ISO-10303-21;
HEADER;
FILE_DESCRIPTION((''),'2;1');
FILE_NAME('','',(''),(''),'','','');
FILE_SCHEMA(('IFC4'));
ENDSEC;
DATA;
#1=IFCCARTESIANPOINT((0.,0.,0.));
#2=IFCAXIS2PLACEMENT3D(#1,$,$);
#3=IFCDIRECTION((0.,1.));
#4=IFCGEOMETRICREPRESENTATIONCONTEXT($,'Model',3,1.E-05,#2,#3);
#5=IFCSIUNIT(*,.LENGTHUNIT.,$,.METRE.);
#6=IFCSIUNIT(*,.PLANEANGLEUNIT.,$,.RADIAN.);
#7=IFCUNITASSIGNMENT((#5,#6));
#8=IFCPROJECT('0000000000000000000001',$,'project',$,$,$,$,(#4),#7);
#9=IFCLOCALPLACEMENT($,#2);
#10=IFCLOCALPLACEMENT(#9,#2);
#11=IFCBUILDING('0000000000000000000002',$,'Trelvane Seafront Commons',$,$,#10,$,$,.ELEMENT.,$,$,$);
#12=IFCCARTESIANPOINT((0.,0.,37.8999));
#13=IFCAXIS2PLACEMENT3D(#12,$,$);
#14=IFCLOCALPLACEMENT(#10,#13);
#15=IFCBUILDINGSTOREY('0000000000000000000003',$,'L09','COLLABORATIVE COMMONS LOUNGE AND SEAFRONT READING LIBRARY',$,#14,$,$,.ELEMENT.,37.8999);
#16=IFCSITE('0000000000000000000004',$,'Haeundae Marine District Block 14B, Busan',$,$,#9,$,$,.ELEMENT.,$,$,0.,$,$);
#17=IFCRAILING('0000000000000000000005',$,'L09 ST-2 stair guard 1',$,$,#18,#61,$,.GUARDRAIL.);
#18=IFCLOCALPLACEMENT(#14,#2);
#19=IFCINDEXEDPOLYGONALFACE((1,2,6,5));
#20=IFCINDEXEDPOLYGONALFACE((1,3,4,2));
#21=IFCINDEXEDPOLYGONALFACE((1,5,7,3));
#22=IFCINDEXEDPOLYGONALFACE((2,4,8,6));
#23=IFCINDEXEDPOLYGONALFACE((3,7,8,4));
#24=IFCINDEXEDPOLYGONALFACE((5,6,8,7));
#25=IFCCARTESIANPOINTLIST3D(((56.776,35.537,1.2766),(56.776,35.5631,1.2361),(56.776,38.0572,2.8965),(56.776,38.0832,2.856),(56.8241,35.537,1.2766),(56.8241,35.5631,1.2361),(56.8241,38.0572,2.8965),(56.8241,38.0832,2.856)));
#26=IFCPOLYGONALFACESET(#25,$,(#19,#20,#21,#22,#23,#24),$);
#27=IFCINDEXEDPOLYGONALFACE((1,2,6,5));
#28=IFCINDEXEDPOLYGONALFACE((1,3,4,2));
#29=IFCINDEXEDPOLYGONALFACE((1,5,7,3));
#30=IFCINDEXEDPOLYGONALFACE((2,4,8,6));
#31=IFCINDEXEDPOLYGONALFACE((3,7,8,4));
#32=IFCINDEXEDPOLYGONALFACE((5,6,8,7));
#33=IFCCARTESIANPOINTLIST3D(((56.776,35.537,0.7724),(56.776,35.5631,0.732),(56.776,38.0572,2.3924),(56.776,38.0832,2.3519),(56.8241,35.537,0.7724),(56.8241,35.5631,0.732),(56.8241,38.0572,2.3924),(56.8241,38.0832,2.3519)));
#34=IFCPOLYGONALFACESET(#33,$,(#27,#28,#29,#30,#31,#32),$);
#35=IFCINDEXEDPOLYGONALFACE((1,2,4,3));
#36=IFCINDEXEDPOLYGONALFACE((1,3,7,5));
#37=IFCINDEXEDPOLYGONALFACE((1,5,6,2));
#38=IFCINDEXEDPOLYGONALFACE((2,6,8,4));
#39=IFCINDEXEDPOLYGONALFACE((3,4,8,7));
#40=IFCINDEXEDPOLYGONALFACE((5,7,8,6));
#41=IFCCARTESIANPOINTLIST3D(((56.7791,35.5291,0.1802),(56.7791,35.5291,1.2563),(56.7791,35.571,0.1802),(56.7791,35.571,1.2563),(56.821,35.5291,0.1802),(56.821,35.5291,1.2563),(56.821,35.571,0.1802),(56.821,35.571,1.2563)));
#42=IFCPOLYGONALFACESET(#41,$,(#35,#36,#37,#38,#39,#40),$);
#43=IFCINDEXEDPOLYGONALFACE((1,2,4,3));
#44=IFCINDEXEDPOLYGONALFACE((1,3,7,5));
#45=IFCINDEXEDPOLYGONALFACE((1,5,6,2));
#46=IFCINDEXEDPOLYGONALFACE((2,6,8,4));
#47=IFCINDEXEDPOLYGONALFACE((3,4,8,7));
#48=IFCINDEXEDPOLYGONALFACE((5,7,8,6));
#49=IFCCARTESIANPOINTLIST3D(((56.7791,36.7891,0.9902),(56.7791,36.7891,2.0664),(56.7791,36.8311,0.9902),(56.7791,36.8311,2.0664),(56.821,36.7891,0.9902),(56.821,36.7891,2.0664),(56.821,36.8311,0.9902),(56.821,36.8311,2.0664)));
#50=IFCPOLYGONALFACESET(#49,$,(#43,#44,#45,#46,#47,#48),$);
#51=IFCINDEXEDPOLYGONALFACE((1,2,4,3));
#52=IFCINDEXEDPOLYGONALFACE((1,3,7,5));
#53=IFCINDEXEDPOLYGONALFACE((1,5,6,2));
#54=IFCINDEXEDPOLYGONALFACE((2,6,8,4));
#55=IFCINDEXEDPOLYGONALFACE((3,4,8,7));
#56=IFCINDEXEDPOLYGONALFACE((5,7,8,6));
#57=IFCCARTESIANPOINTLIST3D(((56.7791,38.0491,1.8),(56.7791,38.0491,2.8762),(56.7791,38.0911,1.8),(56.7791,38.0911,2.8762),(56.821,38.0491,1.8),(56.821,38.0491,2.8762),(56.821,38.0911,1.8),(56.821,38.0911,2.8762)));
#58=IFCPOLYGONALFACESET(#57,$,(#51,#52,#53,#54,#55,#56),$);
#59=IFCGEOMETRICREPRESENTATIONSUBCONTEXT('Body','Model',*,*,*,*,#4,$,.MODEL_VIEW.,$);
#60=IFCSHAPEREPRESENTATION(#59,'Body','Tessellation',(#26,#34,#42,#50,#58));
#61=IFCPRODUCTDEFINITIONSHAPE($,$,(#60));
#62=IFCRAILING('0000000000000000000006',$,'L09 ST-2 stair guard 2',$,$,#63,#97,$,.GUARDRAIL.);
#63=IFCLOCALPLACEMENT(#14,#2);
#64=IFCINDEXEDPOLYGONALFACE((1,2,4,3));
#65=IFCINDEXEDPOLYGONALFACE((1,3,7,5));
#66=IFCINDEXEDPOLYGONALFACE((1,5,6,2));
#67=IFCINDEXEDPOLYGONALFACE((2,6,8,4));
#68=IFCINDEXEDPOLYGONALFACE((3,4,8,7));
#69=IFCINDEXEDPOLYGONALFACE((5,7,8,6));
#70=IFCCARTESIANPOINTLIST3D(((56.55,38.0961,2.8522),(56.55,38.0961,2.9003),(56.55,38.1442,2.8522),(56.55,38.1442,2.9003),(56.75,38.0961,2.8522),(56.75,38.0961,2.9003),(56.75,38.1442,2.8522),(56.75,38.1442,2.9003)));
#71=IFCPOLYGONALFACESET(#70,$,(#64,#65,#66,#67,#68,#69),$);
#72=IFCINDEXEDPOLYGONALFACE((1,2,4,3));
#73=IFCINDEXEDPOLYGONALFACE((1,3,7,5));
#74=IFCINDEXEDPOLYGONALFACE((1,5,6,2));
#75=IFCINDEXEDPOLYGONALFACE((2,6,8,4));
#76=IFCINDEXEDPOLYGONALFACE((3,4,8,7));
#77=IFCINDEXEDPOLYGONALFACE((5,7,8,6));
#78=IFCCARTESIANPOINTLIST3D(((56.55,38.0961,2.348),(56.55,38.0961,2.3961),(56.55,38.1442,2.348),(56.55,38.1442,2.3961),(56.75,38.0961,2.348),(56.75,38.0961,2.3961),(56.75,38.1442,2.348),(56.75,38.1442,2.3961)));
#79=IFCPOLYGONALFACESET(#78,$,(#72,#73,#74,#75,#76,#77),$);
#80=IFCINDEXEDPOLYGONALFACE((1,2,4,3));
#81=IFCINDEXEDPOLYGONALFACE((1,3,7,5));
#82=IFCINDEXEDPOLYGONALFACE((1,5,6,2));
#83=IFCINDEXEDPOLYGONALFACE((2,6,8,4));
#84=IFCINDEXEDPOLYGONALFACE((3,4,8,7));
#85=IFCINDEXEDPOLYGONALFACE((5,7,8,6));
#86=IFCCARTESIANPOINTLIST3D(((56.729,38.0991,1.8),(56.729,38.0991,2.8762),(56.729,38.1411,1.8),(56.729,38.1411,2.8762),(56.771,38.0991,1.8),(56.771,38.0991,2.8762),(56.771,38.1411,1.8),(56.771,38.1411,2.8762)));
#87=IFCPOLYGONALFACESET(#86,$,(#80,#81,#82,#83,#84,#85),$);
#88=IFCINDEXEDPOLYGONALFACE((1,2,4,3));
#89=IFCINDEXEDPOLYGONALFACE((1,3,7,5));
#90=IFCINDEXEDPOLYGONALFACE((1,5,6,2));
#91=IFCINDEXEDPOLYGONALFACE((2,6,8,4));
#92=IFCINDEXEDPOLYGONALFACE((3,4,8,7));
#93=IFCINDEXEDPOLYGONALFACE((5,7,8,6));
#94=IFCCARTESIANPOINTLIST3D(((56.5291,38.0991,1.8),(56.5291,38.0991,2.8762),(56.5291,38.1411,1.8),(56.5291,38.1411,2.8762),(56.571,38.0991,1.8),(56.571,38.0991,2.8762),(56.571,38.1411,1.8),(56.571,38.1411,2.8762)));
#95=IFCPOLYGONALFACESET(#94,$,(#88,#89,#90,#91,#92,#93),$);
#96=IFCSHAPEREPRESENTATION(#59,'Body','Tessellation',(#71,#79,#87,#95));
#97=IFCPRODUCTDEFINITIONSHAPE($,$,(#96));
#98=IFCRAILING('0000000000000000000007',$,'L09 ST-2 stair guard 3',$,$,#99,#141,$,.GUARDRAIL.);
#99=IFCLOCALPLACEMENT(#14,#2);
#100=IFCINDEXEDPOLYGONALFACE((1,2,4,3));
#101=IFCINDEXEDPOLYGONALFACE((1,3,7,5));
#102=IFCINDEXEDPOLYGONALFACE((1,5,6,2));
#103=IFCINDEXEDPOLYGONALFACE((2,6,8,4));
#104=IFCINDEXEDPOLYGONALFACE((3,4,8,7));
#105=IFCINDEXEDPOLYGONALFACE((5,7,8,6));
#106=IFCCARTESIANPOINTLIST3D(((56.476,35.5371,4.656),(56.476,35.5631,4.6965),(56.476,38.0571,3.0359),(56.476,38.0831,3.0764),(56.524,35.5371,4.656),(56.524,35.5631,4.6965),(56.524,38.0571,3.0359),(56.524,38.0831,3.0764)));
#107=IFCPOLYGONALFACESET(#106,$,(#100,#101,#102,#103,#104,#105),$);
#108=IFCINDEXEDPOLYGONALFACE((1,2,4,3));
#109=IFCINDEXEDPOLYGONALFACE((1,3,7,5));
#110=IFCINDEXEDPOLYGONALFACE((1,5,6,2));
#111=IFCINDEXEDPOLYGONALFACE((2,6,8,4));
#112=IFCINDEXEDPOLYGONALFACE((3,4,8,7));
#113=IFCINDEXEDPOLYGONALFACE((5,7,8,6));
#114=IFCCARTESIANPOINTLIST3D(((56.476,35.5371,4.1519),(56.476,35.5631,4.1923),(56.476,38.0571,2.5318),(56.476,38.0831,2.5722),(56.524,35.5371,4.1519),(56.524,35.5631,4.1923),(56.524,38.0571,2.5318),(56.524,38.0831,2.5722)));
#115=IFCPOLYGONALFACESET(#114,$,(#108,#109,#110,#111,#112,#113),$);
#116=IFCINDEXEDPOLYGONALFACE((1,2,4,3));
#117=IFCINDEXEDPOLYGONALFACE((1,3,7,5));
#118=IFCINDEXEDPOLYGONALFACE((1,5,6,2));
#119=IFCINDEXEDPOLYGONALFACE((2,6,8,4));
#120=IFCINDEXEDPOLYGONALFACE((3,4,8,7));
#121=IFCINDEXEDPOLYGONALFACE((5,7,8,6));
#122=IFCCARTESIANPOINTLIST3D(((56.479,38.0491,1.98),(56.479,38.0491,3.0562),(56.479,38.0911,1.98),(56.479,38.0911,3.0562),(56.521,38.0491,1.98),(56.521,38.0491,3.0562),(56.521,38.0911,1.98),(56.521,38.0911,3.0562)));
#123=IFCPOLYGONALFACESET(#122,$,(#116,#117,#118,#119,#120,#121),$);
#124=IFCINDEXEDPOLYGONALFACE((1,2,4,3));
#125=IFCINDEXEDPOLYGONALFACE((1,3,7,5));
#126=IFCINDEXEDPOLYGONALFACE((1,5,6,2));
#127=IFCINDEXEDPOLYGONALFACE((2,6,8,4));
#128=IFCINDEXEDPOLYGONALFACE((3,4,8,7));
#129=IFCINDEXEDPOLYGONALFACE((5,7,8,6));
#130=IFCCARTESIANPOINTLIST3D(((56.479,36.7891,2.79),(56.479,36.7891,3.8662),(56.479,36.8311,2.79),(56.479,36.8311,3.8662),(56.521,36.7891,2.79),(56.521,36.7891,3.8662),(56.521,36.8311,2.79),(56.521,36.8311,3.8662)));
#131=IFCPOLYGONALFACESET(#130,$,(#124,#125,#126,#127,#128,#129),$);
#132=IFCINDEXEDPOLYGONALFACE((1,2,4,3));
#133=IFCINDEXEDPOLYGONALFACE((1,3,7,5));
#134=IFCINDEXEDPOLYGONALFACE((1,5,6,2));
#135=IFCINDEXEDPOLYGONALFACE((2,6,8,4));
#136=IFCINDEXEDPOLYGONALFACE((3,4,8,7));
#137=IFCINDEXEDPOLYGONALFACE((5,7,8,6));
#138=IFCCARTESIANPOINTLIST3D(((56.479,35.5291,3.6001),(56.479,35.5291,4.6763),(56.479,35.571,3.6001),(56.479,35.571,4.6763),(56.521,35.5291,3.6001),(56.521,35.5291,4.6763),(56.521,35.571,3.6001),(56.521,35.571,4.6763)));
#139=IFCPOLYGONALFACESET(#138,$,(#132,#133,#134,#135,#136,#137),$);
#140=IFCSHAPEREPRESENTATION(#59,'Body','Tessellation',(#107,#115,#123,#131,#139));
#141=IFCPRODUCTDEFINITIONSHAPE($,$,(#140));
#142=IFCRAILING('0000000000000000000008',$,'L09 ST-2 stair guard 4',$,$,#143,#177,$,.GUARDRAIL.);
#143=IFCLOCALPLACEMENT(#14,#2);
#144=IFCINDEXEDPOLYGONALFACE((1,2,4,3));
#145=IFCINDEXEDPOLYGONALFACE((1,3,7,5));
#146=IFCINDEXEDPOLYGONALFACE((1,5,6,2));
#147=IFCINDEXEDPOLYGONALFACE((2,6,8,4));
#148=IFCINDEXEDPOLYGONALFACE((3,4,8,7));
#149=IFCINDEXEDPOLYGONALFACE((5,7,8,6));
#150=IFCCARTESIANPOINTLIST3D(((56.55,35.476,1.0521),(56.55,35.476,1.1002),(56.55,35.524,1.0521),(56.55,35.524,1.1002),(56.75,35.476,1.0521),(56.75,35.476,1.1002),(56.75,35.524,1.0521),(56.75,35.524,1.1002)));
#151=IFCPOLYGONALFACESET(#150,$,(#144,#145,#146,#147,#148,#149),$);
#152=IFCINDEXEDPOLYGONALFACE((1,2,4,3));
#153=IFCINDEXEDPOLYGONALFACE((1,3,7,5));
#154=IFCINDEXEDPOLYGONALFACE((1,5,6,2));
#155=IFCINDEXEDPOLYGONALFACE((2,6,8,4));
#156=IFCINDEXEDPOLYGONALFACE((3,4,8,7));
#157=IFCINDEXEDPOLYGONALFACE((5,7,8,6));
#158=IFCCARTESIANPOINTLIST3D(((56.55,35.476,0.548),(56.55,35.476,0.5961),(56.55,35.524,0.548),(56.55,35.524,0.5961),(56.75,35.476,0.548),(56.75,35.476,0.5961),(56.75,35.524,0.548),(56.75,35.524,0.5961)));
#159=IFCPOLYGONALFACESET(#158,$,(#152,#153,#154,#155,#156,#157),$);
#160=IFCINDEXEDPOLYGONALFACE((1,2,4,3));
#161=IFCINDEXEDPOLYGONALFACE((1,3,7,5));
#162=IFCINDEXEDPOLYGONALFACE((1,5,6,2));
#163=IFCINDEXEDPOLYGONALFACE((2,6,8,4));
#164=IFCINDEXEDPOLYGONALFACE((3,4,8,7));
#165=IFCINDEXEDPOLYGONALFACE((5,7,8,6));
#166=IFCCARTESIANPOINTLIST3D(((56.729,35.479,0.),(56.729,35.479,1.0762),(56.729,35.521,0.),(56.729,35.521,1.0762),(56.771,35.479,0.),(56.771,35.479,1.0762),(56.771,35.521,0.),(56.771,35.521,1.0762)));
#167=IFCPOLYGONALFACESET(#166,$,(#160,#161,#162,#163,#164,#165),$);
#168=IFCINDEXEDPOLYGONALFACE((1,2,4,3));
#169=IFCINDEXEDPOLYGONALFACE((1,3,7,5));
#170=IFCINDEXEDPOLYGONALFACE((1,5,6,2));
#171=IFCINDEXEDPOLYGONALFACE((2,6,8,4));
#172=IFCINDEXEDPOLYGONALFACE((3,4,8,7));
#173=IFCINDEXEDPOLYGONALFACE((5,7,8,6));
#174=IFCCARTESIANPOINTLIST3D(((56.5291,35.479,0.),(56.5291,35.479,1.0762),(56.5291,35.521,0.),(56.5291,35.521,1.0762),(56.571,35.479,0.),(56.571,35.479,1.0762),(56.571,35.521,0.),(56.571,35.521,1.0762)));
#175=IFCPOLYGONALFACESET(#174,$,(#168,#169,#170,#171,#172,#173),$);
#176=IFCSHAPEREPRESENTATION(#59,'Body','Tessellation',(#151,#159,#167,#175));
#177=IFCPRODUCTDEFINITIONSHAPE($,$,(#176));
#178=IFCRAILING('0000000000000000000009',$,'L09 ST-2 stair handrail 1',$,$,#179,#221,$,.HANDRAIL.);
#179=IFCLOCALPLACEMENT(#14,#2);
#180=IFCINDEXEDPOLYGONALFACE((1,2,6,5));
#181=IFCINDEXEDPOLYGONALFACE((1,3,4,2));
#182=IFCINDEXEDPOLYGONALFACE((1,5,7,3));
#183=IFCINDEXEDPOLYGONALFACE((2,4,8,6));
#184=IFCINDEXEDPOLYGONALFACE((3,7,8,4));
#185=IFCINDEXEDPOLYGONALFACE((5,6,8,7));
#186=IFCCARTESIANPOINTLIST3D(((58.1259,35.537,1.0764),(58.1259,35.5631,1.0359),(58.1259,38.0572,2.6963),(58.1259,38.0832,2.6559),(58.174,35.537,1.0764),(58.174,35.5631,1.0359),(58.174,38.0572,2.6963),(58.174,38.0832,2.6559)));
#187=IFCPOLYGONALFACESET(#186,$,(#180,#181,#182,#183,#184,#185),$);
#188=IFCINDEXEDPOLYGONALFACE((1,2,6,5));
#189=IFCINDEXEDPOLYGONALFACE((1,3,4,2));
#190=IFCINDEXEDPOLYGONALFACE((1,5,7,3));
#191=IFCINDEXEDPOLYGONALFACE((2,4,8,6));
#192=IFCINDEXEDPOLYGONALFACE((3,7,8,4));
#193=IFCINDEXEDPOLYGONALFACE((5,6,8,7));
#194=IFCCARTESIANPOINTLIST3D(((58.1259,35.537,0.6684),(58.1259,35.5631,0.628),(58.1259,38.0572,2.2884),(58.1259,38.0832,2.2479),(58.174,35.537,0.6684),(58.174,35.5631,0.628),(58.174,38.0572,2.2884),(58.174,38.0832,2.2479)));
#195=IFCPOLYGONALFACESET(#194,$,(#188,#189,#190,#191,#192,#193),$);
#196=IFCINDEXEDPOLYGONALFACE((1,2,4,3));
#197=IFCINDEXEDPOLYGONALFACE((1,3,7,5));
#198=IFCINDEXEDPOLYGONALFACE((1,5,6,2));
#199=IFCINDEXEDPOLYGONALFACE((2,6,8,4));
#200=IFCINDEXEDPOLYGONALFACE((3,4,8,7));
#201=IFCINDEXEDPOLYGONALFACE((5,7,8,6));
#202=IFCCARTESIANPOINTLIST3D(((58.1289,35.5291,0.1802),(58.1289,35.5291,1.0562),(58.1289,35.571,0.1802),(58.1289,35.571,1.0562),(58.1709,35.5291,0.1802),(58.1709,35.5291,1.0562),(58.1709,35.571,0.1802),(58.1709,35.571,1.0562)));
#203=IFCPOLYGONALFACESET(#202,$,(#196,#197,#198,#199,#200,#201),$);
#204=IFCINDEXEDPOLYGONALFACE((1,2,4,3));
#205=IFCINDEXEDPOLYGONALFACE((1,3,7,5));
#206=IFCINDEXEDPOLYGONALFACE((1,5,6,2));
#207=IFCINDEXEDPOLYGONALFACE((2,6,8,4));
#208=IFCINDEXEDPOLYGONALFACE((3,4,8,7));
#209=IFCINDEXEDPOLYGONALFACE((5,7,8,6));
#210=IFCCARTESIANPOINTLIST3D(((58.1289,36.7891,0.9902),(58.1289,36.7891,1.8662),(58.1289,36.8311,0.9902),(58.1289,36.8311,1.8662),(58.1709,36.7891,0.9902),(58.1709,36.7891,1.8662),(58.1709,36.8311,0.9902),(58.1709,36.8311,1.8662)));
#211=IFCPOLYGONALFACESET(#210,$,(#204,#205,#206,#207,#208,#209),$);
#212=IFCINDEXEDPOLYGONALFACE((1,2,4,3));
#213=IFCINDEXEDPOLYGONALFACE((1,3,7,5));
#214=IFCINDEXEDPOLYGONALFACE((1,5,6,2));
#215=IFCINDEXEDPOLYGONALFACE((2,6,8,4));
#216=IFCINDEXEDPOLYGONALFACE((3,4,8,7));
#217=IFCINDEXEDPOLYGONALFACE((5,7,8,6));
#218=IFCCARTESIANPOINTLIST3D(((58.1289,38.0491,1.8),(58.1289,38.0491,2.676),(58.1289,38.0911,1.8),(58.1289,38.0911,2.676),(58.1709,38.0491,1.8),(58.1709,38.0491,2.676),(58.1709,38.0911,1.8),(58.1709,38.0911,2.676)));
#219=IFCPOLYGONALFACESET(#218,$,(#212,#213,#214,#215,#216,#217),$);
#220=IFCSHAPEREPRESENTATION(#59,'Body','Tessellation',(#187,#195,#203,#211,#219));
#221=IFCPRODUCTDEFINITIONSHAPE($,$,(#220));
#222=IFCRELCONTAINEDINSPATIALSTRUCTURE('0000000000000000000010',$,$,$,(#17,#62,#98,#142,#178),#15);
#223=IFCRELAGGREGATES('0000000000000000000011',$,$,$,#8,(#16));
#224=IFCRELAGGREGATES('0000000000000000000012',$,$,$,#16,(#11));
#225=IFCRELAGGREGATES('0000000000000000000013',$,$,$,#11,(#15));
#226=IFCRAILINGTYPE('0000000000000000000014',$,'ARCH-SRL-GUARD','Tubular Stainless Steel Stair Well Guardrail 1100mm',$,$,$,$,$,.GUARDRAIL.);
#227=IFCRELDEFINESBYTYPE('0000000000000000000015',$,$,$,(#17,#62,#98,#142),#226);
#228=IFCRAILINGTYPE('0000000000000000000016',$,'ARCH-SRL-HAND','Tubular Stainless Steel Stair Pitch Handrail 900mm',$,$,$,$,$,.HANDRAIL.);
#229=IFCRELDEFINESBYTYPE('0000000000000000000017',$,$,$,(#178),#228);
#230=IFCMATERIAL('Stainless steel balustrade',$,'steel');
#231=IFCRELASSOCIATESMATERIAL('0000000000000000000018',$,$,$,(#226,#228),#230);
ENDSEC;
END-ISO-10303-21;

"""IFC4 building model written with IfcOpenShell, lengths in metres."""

from ifc_helpers import new_model, si_unit, direction, frame, origin, origin_2d, place, context, subcontext, project, spatial, rectangle, extrude, material, type_object, element, save


model = new_model("IFC4")

# Units and contexts
model_context = context("Model", 3, precision=1e-05, world=origin(), true_north=direction((0.0, 1.0)))
body_context = subcontext(model_context, "Body", "Model", "MODEL_VIEW")
ifc_project = project(units=[si_unit("LENGTHUNIT", "METRE"), si_unit("PLANEANGLEUNIT", "RADIAN")], contexts=[model_context])

# Site, building, storey
site_placement = place(None, origin())
site = spatial("IfcSite", under=ifc_project, at=site_placement, Name="Haeundae Marine District Block 14B, Busan", CompositionType="ELEMENT", RefElevation=0.0)
building_placement = place(site_placement, origin())
building = spatial("IfcBuilding", under=site, at=building_placement, Name="Trelvane Seafront Commons", CompositionType="ELEMENT")
storey_placement = place(building_placement, frame((0.0, 0.0, 37.8999)))
storey = spatial("IfcBuildingStorey", under=building, at=storey_placement, Name="L09", Description="COLLABORATIVE COMMONS LOUNGE AND SEAFRONT READING LIBRARY", CompositionType="ELEMENT", Elevation=37.8999)

# Railings
ifc_material_1 = material(Name="Stainless steel balustrade", Category="steel")
railing_type_1 = type_object("IfcRailingType", Name="ARCH-SRL-GUARD", Description="Tubular Stainless Steel Stair Well Guardrail 1100mm", PredefinedType="GUARDRAIL", material=ifc_material_1)
railing_1_placement = place(storey_placement, frame((56.8, 35.55, 0.1802)))
element("IfcRailing", 1, at=railing_1_placement, inside=storey, type_object=railing_type_1, Name="L09 ST-2 stair guard 1", PredefinedType="GUARDRAIL", context=body_context, shape_type="SweptSolid", body=[
    extrude(rectangle(XDim=0.0481, YDim=0.0481, at=origin_2d()), frame((0.0, 0.0, 1.0762), z_axis=(0.0, 0.8412, 0.540725), x_axis=(-1.0, 0.0, 0.0)), (0.0, 0.0, 1.0), 2.9958),
    extrude(rectangle(XDim=0.0481, YDim=0.0481, at=origin_2d()), frame((0.0, 0.0, 0.572), z_axis=(0.0, 0.8412, 0.540725), x_axis=(-1.0, 0.0, 0.0)), (0.0, 0.0, 1.0), 2.9958),
    extrude(rectangle(XDim=0.042, YDim=0.042, at=origin_2d()), origin(), (0.0, 0.0, 1.0), 1.0762),
    extrude(rectangle(XDim=0.042, YDim=0.042, at=origin_2d()), frame((0.0, 1.26, 0.8101)), (0.0, 0.0, 1.0), 1.0762),
    extrude(rectangle(XDim=0.042, YDim=0.042, at=origin_2d()), frame((0.0, 2.52, 1.6199)), (0.0, 0.0, 1.0), 1.0762),
])
railing_2_placement = place(storey_placement, frame((56.75, 38.1201, 1.8)))
element("IfcRailing", 2, at=railing_2_placement, inside=storey, type_object=railing_type_1, Name="L09 ST-2 stair guard 2", PredefinedType="GUARDRAIL", context=body_context, shape_type="SweptSolid", body=[
    extrude(rectangle(XDim=0.0481, YDim=0.0481, at=origin_2d()), frame((0.0, 0.0, 1.0762), z_axis=(-1.0, 0.0, 0.0), x_axis=(0.0, -1.0, 0.0)), (0.0, 0.0, 1.0), 0.2),
    extrude(rectangle(XDim=0.0481, YDim=0.0481, at=origin_2d()), frame((0.0, 0.0, 0.572), z_axis=(-1.0, 0.0, 0.0), x_axis=(0.0, -1.0, 0.0)), (0.0, 0.0, 1.0), 0.2),
    extrude(rectangle(XDim=0.042, YDim=0.042, at=origin_2d()), origin(), (0.0, 0.0, 1.0), 1.0762),
    extrude(rectangle(XDim=0.042, YDim=0.042, at=origin_2d()), frame((-0.2, 0.0, 0.0)), (0.0, 0.0, 1.0), 1.0762),
])
railing_3_placement = place(storey_placement, frame((56.5, 38.0701, 1.98)))
element("IfcRailing", 3, at=railing_3_placement, inside=storey, type_object=railing_type_1, Name="L09 ST-2 stair guard 3", PredefinedType="GUARDRAIL", context=body_context, shape_type="SweptSolid", body=[
    extrude(rectangle(XDim=0.0481, YDim=0.0481, at=origin_2d()), frame((0.0, 0.0, 1.0762), z_axis=(0.0, -0.841163, 0.540782), x_axis=(1.0, 0.0, 0.0)), (0.0, 0.0, 1.0), 2.9958),
    extrude(rectangle(XDim=0.0481, YDim=0.0481, at=origin_2d()), frame((0.0, 0.0, 0.572), z_axis=(0.0, -0.841163, 0.540782), x_axis=(1.0, 0.0, 0.0)), (0.0, 0.0, 1.0), 2.9958),
    extrude(rectangle(XDim=0.042, YDim=0.042, at=origin_2d()), origin(), (0.0, 0.0, 1.0), 1.0762),
    extrude(rectangle(XDim=0.042, YDim=0.042, at=origin_2d()), frame((0.0, -1.26, 0.8101)), (0.0, 0.0, 1.0), 1.0762),
    extrude(rectangle(XDim=0.042, YDim=0.042, at=origin_2d()), frame((0.0, -2.52, 1.6201)), (0.0, 0.0, 1.0), 1.0762),
])
railing_4_placement = place(storey_placement, frame((56.75, 35.5, 0.0)))
element("IfcRailing", 4, at=railing_4_placement, inside=storey, type_object=railing_type_1, Name="L09 ST-2 stair guard 4", PredefinedType="GUARDRAIL", context=body_context, shape_type="SweptSolid", body=[
    extrude(rectangle(XDim=0.0481, YDim=0.0481, at=origin_2d()), frame((0.0, 0.0, 1.0762), z_axis=(-1.0, 0.0, 0.0), x_axis=(0.0, -1.0, 0.0)), (0.0, 0.0, 1.0), 0.2),
    extrude(rectangle(XDim=0.0481, YDim=0.0481, at=origin_2d()), frame((0.0, 0.0, 0.572), z_axis=(-1.0, 0.0, 0.0), x_axis=(0.0, -1.0, 0.0)), (0.0, 0.0, 1.0), 0.2),
    extrude(rectangle(XDim=0.042, YDim=0.042, at=origin_2d()), origin(), (0.0, 0.0, 1.0), 1.0762),
    extrude(rectangle(XDim=0.042, YDim=0.042, at=origin_2d()), frame((-0.2, 0.0, 0.0)), (0.0, 0.0, 1.0), 1.0762),
])
railing_type_2 = type_object("IfcRailingType", Name="ARCH-SRL-HAND", Description="Tubular Stainless Steel Stair Pitch Handrail 900mm", PredefinedType="HANDRAIL", material=ifc_material_1)
railing_5_placement = place(storey_placement, frame((58.1499, 35.55, 0.1802)))
element("IfcRailing", 5, at=railing_5_placement, inside=storey, type_object=railing_type_2, Name="L09 ST-2 stair handrail 1", PredefinedType="HANDRAIL", context=body_context, shape_type="SweptSolid", body=[
    extrude(rectangle(XDim=0.0481, YDim=0.0481, at=origin_2d()), frame((0.0, 0.0, 0.876), z_axis=(0.0, 0.8412, 0.540725), x_axis=(-1.0, 0.0, 0.0)), (0.0, 0.0, 1.0), 2.9958),
    extrude(rectangle(XDim=0.0481, YDim=0.0481, at=origin_2d()), frame((0.0, 0.0, 0.468), z_axis=(0.0, 0.8412, 0.540725), x_axis=(-1.0, 0.0, 0.0)), (0.0, 0.0, 1.0), 2.9958),
    extrude(rectangle(XDim=0.042, YDim=0.042, at=origin_2d()), origin(), (0.0, 0.0, 1.0), 0.876),
    extrude(rectangle(XDim=0.042, YDim=0.042, at=origin_2d()), frame((0.0, 1.26, 0.8101)), (0.0, 0.0, 1.0), 0.876),
    extrude(rectangle(XDim=0.042, YDim=0.042, at=origin_2d()), frame((0.0, 2.52, 1.6199)), (0.0, 0.0, 1.0), 0.876),
])

save(model, "model.ifc")
